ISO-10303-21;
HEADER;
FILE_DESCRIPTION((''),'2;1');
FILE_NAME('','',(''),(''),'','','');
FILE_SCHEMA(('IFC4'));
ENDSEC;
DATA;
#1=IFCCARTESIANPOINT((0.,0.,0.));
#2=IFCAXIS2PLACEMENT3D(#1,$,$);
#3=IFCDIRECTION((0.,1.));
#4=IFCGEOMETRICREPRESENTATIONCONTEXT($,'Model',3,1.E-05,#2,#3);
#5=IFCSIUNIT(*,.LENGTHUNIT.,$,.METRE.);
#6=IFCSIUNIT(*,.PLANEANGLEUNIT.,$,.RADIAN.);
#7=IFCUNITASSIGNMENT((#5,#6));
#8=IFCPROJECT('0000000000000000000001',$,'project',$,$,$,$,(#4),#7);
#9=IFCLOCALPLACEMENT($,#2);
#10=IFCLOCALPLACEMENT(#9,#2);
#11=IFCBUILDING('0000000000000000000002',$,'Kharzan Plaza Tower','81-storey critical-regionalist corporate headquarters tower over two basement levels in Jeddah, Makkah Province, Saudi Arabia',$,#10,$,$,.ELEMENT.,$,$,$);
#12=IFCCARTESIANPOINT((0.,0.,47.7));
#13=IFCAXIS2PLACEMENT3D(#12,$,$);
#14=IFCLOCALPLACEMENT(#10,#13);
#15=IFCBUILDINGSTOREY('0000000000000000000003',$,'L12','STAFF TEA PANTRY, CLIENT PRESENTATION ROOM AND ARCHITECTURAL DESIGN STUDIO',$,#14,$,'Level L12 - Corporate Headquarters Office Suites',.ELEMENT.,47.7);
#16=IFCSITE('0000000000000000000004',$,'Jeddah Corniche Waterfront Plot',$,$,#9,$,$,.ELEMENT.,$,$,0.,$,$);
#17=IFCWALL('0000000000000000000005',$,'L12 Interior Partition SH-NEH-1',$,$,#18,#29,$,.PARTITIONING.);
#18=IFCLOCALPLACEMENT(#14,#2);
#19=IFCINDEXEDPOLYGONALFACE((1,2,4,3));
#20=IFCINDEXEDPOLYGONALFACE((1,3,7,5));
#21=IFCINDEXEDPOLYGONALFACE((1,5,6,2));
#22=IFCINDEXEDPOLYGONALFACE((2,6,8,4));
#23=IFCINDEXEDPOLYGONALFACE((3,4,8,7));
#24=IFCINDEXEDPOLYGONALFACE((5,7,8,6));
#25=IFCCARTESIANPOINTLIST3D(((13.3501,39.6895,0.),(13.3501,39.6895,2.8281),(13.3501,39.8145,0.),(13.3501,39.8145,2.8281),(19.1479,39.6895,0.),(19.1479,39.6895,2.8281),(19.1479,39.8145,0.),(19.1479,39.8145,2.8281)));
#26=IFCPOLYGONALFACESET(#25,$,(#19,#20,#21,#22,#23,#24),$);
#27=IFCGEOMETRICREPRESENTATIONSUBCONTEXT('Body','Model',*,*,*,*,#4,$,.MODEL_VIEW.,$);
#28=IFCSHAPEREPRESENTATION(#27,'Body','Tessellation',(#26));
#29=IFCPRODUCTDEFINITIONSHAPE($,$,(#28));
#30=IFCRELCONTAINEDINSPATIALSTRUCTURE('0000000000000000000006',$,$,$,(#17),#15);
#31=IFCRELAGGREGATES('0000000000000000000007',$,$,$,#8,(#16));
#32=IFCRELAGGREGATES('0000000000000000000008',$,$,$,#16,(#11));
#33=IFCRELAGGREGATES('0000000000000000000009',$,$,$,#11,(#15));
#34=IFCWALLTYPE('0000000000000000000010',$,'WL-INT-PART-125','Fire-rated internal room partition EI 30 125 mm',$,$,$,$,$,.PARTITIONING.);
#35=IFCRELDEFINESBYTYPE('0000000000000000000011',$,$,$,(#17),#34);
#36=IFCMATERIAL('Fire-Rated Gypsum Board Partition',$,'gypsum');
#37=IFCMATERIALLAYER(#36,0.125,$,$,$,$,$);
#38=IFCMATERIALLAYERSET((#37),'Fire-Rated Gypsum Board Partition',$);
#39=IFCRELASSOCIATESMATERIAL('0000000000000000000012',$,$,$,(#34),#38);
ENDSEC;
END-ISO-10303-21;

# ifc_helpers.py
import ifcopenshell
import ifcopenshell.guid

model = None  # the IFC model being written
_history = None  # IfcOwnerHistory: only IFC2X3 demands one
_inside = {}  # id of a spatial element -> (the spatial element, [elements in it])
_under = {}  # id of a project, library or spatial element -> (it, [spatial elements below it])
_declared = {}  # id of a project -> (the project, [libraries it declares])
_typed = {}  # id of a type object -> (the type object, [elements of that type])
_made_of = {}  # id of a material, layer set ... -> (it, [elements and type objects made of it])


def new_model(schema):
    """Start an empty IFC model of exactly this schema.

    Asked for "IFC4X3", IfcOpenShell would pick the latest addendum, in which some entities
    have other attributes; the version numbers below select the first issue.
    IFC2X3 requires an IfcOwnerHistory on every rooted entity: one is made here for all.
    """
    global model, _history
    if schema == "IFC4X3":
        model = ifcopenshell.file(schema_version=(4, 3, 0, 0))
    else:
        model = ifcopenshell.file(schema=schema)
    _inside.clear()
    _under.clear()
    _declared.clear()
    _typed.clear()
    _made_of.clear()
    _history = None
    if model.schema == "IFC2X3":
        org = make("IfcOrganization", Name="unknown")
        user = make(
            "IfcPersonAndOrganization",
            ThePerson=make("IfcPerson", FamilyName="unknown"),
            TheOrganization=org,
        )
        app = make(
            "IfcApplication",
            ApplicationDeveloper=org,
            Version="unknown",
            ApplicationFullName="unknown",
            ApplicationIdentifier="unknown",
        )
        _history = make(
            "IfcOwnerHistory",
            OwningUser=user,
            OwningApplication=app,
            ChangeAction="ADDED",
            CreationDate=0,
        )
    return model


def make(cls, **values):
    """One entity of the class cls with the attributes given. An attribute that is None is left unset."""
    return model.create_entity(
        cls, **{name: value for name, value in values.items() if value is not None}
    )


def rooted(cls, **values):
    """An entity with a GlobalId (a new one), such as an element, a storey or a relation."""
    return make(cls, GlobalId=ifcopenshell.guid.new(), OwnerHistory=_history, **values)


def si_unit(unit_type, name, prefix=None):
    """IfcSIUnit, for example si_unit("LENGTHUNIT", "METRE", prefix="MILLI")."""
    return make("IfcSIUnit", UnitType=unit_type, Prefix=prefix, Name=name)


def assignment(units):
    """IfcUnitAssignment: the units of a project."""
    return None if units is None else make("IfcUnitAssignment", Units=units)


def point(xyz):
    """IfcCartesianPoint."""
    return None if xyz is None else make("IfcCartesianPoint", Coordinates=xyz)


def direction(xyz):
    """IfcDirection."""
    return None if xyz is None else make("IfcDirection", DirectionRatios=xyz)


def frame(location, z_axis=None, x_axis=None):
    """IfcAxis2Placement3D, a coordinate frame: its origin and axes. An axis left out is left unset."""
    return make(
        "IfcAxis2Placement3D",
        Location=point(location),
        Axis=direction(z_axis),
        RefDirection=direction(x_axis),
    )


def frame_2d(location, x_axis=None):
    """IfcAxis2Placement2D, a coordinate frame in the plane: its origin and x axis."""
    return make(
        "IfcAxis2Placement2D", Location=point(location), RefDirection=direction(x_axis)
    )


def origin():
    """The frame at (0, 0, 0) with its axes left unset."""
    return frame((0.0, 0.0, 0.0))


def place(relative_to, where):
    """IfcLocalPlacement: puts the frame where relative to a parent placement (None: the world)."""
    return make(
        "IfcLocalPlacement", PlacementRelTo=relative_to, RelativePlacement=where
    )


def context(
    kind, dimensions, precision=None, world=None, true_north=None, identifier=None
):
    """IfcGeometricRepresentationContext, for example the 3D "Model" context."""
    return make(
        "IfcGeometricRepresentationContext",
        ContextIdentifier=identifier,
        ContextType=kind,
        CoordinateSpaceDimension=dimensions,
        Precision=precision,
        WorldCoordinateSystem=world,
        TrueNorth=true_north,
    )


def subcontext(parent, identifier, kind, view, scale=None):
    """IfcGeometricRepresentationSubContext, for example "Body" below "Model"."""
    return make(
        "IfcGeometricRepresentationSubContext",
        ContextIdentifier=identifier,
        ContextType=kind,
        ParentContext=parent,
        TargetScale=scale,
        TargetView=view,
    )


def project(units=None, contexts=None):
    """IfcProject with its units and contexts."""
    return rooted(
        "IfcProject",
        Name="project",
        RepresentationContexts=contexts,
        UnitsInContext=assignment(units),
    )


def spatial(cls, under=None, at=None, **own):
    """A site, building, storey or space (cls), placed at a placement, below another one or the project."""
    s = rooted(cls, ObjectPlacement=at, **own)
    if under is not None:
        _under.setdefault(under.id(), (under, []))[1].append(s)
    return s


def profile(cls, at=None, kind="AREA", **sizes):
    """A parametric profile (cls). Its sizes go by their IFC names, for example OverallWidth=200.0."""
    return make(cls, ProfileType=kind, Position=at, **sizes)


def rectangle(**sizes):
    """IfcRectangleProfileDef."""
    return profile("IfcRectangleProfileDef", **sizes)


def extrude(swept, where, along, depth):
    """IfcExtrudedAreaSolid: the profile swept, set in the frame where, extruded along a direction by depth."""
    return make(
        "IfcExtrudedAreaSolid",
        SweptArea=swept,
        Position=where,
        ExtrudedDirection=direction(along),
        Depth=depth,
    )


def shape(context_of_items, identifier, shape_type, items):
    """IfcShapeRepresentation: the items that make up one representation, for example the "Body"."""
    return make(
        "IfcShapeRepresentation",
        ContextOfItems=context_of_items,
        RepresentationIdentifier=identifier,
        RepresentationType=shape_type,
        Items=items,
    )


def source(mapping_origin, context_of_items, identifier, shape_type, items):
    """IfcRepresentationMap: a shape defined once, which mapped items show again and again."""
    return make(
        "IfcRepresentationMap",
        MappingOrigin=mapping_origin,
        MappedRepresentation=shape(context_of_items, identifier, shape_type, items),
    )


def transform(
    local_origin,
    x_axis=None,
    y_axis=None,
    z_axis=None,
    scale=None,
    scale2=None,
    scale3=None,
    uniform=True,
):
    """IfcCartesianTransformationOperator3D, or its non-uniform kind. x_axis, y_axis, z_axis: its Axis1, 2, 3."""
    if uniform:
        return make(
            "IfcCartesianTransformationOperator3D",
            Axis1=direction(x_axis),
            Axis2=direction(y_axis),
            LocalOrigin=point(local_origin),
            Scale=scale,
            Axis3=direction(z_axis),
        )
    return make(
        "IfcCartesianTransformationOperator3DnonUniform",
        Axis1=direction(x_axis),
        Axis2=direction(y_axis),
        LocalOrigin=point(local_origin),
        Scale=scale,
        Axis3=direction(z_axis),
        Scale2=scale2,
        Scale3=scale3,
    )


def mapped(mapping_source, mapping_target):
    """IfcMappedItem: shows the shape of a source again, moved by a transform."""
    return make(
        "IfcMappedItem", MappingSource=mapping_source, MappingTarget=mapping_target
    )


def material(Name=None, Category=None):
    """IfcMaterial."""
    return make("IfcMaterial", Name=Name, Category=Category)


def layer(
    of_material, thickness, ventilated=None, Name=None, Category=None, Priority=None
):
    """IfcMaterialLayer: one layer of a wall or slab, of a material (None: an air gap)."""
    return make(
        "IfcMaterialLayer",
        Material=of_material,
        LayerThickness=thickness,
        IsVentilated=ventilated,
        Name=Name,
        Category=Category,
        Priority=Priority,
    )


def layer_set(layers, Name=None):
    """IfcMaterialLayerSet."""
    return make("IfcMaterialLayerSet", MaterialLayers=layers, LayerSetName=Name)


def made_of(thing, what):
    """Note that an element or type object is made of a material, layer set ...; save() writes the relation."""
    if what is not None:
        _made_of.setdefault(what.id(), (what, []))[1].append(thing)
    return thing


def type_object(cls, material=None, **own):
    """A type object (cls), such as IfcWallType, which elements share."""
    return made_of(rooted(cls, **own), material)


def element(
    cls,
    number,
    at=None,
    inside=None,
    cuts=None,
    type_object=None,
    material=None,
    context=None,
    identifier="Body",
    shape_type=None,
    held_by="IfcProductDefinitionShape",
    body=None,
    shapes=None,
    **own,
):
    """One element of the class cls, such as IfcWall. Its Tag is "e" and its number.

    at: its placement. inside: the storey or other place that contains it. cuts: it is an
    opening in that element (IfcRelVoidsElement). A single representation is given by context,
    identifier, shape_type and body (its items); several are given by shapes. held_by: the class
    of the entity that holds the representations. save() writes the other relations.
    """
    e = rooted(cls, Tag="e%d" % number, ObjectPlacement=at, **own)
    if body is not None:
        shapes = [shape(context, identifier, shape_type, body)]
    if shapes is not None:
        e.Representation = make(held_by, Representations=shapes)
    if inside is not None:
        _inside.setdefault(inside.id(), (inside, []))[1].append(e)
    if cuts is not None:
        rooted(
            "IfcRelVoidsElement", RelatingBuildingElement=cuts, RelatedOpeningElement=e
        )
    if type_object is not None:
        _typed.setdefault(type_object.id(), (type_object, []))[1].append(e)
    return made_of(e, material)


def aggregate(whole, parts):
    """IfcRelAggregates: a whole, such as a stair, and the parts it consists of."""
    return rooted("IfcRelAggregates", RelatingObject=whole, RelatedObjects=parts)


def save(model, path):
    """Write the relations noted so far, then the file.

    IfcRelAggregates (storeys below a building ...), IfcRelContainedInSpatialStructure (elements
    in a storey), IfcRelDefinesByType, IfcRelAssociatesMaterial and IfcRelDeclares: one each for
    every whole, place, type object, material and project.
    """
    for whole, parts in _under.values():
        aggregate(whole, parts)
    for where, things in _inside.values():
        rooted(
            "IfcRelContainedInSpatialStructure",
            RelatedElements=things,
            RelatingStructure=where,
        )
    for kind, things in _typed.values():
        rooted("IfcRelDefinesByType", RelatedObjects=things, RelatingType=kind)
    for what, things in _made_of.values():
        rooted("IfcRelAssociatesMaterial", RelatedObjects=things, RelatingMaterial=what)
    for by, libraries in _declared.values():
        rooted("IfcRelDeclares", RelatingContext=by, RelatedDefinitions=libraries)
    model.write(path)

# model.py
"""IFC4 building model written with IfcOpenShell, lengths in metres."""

from ifc_helpers import new_model, si_unit, direction, frame, frame_2d, origin, place, context, subcontext, project, spatial, rectangle, extrude, source, transform, mapped, material, layer, layer_set, type_object, element, save


model = new_model("IFC4")

# Units and contexts
model_context = context("Model", 3, precision=1e-05, world=origin(), true_north=direction((0.0, 1.0)))
body_context = subcontext(model_context, "Body", "Model", "MODEL_VIEW")
ifc_project = project(units=[si_unit("LENGTHUNIT", "METRE"), si_unit("PLANEANGLEUNIT", "RADIAN")], contexts=[model_context])

# Site, building, storey
site_placement = place(None, origin())
site = spatial("IfcSite", under=ifc_project, at=site_placement, Name="Jeddah Corniche Waterfront Plot", CompositionType="ELEMENT", RefElevation=0.0)
building_placement = place(site_placement, origin())
building = spatial("IfcBuilding", under=site, at=building_placement, Name="Kharzan Plaza Tower", Description="81-storey critical-regionalist corporate headquarters tower over two basement levels in Jeddah, Makkah Province, Saudi Arabia", CompositionType="ELEMENT")
storey_placement = place(building_placement, frame((0.0, 0.0, 47.7)))
storey = spatial("IfcBuildingStorey", under=building, at=storey_placement, Name="L12", Description="STAFF TEA PANTRY, CLIENT PRESENTATION ROOM AND ARCHITECTURAL DESIGN STUDIO", LongName="Level L12 - Corporate Headquarters Office Suites", CompositionType="ELEMENT", Elevation=47.7)

# Shared definitions
ifc_material_1 = material(Name="Fire-Rated Gypsum Board Partition", Category="gypsum")
ifc_layer_1 = layer(ifc_material_1, 0.125)
ifc_layer_set_1 = layer_set([ifc_layer_1], Name="Fire-Rated Gypsum Board Partition")
wall_type_1 = type_object("IfcWallType", Name="WL-INT-PART-125", Description="Fire-rated internal room partition EI 30 125 mm", PredefinedType="PARTITIONING", material=ifc_layer_set_1)

# Wall
shared_shape_1 = source(origin(), body_context, "Body", "SweptSolid", [
    extrude(rectangle(XDim=5.7979, YDim=0.125, at=frame_2d((2.8989, 0.0))), origin(), (0.0, 0.0, 1.0), 2.8281),
])
wall_1_placement = place(storey_placement, frame((13.3501, 39.752, 0.0), z_axis=(0.0, 0.0, 1.0), x_axis=(1.0, 0.0, 0.0)))
element("IfcWall", 1, at=wall_1_placement, inside=storey, type_object=wall_type_1, Name="L12 Interior Partition SH-NEH-1", PredefinedType="PARTITIONING", context=body_context, shape_type="MappedRepresentation", body=[
    mapped(shared_shape_1, transform((0.0, 0.0, 0.0), x_axis=(1.0, 0.0, 0.0), y_axis=(0.0, 1.0, 0.0), z_axis=(0.0, 0.0, 1.0))),
])

save(model, "model.ifc")
